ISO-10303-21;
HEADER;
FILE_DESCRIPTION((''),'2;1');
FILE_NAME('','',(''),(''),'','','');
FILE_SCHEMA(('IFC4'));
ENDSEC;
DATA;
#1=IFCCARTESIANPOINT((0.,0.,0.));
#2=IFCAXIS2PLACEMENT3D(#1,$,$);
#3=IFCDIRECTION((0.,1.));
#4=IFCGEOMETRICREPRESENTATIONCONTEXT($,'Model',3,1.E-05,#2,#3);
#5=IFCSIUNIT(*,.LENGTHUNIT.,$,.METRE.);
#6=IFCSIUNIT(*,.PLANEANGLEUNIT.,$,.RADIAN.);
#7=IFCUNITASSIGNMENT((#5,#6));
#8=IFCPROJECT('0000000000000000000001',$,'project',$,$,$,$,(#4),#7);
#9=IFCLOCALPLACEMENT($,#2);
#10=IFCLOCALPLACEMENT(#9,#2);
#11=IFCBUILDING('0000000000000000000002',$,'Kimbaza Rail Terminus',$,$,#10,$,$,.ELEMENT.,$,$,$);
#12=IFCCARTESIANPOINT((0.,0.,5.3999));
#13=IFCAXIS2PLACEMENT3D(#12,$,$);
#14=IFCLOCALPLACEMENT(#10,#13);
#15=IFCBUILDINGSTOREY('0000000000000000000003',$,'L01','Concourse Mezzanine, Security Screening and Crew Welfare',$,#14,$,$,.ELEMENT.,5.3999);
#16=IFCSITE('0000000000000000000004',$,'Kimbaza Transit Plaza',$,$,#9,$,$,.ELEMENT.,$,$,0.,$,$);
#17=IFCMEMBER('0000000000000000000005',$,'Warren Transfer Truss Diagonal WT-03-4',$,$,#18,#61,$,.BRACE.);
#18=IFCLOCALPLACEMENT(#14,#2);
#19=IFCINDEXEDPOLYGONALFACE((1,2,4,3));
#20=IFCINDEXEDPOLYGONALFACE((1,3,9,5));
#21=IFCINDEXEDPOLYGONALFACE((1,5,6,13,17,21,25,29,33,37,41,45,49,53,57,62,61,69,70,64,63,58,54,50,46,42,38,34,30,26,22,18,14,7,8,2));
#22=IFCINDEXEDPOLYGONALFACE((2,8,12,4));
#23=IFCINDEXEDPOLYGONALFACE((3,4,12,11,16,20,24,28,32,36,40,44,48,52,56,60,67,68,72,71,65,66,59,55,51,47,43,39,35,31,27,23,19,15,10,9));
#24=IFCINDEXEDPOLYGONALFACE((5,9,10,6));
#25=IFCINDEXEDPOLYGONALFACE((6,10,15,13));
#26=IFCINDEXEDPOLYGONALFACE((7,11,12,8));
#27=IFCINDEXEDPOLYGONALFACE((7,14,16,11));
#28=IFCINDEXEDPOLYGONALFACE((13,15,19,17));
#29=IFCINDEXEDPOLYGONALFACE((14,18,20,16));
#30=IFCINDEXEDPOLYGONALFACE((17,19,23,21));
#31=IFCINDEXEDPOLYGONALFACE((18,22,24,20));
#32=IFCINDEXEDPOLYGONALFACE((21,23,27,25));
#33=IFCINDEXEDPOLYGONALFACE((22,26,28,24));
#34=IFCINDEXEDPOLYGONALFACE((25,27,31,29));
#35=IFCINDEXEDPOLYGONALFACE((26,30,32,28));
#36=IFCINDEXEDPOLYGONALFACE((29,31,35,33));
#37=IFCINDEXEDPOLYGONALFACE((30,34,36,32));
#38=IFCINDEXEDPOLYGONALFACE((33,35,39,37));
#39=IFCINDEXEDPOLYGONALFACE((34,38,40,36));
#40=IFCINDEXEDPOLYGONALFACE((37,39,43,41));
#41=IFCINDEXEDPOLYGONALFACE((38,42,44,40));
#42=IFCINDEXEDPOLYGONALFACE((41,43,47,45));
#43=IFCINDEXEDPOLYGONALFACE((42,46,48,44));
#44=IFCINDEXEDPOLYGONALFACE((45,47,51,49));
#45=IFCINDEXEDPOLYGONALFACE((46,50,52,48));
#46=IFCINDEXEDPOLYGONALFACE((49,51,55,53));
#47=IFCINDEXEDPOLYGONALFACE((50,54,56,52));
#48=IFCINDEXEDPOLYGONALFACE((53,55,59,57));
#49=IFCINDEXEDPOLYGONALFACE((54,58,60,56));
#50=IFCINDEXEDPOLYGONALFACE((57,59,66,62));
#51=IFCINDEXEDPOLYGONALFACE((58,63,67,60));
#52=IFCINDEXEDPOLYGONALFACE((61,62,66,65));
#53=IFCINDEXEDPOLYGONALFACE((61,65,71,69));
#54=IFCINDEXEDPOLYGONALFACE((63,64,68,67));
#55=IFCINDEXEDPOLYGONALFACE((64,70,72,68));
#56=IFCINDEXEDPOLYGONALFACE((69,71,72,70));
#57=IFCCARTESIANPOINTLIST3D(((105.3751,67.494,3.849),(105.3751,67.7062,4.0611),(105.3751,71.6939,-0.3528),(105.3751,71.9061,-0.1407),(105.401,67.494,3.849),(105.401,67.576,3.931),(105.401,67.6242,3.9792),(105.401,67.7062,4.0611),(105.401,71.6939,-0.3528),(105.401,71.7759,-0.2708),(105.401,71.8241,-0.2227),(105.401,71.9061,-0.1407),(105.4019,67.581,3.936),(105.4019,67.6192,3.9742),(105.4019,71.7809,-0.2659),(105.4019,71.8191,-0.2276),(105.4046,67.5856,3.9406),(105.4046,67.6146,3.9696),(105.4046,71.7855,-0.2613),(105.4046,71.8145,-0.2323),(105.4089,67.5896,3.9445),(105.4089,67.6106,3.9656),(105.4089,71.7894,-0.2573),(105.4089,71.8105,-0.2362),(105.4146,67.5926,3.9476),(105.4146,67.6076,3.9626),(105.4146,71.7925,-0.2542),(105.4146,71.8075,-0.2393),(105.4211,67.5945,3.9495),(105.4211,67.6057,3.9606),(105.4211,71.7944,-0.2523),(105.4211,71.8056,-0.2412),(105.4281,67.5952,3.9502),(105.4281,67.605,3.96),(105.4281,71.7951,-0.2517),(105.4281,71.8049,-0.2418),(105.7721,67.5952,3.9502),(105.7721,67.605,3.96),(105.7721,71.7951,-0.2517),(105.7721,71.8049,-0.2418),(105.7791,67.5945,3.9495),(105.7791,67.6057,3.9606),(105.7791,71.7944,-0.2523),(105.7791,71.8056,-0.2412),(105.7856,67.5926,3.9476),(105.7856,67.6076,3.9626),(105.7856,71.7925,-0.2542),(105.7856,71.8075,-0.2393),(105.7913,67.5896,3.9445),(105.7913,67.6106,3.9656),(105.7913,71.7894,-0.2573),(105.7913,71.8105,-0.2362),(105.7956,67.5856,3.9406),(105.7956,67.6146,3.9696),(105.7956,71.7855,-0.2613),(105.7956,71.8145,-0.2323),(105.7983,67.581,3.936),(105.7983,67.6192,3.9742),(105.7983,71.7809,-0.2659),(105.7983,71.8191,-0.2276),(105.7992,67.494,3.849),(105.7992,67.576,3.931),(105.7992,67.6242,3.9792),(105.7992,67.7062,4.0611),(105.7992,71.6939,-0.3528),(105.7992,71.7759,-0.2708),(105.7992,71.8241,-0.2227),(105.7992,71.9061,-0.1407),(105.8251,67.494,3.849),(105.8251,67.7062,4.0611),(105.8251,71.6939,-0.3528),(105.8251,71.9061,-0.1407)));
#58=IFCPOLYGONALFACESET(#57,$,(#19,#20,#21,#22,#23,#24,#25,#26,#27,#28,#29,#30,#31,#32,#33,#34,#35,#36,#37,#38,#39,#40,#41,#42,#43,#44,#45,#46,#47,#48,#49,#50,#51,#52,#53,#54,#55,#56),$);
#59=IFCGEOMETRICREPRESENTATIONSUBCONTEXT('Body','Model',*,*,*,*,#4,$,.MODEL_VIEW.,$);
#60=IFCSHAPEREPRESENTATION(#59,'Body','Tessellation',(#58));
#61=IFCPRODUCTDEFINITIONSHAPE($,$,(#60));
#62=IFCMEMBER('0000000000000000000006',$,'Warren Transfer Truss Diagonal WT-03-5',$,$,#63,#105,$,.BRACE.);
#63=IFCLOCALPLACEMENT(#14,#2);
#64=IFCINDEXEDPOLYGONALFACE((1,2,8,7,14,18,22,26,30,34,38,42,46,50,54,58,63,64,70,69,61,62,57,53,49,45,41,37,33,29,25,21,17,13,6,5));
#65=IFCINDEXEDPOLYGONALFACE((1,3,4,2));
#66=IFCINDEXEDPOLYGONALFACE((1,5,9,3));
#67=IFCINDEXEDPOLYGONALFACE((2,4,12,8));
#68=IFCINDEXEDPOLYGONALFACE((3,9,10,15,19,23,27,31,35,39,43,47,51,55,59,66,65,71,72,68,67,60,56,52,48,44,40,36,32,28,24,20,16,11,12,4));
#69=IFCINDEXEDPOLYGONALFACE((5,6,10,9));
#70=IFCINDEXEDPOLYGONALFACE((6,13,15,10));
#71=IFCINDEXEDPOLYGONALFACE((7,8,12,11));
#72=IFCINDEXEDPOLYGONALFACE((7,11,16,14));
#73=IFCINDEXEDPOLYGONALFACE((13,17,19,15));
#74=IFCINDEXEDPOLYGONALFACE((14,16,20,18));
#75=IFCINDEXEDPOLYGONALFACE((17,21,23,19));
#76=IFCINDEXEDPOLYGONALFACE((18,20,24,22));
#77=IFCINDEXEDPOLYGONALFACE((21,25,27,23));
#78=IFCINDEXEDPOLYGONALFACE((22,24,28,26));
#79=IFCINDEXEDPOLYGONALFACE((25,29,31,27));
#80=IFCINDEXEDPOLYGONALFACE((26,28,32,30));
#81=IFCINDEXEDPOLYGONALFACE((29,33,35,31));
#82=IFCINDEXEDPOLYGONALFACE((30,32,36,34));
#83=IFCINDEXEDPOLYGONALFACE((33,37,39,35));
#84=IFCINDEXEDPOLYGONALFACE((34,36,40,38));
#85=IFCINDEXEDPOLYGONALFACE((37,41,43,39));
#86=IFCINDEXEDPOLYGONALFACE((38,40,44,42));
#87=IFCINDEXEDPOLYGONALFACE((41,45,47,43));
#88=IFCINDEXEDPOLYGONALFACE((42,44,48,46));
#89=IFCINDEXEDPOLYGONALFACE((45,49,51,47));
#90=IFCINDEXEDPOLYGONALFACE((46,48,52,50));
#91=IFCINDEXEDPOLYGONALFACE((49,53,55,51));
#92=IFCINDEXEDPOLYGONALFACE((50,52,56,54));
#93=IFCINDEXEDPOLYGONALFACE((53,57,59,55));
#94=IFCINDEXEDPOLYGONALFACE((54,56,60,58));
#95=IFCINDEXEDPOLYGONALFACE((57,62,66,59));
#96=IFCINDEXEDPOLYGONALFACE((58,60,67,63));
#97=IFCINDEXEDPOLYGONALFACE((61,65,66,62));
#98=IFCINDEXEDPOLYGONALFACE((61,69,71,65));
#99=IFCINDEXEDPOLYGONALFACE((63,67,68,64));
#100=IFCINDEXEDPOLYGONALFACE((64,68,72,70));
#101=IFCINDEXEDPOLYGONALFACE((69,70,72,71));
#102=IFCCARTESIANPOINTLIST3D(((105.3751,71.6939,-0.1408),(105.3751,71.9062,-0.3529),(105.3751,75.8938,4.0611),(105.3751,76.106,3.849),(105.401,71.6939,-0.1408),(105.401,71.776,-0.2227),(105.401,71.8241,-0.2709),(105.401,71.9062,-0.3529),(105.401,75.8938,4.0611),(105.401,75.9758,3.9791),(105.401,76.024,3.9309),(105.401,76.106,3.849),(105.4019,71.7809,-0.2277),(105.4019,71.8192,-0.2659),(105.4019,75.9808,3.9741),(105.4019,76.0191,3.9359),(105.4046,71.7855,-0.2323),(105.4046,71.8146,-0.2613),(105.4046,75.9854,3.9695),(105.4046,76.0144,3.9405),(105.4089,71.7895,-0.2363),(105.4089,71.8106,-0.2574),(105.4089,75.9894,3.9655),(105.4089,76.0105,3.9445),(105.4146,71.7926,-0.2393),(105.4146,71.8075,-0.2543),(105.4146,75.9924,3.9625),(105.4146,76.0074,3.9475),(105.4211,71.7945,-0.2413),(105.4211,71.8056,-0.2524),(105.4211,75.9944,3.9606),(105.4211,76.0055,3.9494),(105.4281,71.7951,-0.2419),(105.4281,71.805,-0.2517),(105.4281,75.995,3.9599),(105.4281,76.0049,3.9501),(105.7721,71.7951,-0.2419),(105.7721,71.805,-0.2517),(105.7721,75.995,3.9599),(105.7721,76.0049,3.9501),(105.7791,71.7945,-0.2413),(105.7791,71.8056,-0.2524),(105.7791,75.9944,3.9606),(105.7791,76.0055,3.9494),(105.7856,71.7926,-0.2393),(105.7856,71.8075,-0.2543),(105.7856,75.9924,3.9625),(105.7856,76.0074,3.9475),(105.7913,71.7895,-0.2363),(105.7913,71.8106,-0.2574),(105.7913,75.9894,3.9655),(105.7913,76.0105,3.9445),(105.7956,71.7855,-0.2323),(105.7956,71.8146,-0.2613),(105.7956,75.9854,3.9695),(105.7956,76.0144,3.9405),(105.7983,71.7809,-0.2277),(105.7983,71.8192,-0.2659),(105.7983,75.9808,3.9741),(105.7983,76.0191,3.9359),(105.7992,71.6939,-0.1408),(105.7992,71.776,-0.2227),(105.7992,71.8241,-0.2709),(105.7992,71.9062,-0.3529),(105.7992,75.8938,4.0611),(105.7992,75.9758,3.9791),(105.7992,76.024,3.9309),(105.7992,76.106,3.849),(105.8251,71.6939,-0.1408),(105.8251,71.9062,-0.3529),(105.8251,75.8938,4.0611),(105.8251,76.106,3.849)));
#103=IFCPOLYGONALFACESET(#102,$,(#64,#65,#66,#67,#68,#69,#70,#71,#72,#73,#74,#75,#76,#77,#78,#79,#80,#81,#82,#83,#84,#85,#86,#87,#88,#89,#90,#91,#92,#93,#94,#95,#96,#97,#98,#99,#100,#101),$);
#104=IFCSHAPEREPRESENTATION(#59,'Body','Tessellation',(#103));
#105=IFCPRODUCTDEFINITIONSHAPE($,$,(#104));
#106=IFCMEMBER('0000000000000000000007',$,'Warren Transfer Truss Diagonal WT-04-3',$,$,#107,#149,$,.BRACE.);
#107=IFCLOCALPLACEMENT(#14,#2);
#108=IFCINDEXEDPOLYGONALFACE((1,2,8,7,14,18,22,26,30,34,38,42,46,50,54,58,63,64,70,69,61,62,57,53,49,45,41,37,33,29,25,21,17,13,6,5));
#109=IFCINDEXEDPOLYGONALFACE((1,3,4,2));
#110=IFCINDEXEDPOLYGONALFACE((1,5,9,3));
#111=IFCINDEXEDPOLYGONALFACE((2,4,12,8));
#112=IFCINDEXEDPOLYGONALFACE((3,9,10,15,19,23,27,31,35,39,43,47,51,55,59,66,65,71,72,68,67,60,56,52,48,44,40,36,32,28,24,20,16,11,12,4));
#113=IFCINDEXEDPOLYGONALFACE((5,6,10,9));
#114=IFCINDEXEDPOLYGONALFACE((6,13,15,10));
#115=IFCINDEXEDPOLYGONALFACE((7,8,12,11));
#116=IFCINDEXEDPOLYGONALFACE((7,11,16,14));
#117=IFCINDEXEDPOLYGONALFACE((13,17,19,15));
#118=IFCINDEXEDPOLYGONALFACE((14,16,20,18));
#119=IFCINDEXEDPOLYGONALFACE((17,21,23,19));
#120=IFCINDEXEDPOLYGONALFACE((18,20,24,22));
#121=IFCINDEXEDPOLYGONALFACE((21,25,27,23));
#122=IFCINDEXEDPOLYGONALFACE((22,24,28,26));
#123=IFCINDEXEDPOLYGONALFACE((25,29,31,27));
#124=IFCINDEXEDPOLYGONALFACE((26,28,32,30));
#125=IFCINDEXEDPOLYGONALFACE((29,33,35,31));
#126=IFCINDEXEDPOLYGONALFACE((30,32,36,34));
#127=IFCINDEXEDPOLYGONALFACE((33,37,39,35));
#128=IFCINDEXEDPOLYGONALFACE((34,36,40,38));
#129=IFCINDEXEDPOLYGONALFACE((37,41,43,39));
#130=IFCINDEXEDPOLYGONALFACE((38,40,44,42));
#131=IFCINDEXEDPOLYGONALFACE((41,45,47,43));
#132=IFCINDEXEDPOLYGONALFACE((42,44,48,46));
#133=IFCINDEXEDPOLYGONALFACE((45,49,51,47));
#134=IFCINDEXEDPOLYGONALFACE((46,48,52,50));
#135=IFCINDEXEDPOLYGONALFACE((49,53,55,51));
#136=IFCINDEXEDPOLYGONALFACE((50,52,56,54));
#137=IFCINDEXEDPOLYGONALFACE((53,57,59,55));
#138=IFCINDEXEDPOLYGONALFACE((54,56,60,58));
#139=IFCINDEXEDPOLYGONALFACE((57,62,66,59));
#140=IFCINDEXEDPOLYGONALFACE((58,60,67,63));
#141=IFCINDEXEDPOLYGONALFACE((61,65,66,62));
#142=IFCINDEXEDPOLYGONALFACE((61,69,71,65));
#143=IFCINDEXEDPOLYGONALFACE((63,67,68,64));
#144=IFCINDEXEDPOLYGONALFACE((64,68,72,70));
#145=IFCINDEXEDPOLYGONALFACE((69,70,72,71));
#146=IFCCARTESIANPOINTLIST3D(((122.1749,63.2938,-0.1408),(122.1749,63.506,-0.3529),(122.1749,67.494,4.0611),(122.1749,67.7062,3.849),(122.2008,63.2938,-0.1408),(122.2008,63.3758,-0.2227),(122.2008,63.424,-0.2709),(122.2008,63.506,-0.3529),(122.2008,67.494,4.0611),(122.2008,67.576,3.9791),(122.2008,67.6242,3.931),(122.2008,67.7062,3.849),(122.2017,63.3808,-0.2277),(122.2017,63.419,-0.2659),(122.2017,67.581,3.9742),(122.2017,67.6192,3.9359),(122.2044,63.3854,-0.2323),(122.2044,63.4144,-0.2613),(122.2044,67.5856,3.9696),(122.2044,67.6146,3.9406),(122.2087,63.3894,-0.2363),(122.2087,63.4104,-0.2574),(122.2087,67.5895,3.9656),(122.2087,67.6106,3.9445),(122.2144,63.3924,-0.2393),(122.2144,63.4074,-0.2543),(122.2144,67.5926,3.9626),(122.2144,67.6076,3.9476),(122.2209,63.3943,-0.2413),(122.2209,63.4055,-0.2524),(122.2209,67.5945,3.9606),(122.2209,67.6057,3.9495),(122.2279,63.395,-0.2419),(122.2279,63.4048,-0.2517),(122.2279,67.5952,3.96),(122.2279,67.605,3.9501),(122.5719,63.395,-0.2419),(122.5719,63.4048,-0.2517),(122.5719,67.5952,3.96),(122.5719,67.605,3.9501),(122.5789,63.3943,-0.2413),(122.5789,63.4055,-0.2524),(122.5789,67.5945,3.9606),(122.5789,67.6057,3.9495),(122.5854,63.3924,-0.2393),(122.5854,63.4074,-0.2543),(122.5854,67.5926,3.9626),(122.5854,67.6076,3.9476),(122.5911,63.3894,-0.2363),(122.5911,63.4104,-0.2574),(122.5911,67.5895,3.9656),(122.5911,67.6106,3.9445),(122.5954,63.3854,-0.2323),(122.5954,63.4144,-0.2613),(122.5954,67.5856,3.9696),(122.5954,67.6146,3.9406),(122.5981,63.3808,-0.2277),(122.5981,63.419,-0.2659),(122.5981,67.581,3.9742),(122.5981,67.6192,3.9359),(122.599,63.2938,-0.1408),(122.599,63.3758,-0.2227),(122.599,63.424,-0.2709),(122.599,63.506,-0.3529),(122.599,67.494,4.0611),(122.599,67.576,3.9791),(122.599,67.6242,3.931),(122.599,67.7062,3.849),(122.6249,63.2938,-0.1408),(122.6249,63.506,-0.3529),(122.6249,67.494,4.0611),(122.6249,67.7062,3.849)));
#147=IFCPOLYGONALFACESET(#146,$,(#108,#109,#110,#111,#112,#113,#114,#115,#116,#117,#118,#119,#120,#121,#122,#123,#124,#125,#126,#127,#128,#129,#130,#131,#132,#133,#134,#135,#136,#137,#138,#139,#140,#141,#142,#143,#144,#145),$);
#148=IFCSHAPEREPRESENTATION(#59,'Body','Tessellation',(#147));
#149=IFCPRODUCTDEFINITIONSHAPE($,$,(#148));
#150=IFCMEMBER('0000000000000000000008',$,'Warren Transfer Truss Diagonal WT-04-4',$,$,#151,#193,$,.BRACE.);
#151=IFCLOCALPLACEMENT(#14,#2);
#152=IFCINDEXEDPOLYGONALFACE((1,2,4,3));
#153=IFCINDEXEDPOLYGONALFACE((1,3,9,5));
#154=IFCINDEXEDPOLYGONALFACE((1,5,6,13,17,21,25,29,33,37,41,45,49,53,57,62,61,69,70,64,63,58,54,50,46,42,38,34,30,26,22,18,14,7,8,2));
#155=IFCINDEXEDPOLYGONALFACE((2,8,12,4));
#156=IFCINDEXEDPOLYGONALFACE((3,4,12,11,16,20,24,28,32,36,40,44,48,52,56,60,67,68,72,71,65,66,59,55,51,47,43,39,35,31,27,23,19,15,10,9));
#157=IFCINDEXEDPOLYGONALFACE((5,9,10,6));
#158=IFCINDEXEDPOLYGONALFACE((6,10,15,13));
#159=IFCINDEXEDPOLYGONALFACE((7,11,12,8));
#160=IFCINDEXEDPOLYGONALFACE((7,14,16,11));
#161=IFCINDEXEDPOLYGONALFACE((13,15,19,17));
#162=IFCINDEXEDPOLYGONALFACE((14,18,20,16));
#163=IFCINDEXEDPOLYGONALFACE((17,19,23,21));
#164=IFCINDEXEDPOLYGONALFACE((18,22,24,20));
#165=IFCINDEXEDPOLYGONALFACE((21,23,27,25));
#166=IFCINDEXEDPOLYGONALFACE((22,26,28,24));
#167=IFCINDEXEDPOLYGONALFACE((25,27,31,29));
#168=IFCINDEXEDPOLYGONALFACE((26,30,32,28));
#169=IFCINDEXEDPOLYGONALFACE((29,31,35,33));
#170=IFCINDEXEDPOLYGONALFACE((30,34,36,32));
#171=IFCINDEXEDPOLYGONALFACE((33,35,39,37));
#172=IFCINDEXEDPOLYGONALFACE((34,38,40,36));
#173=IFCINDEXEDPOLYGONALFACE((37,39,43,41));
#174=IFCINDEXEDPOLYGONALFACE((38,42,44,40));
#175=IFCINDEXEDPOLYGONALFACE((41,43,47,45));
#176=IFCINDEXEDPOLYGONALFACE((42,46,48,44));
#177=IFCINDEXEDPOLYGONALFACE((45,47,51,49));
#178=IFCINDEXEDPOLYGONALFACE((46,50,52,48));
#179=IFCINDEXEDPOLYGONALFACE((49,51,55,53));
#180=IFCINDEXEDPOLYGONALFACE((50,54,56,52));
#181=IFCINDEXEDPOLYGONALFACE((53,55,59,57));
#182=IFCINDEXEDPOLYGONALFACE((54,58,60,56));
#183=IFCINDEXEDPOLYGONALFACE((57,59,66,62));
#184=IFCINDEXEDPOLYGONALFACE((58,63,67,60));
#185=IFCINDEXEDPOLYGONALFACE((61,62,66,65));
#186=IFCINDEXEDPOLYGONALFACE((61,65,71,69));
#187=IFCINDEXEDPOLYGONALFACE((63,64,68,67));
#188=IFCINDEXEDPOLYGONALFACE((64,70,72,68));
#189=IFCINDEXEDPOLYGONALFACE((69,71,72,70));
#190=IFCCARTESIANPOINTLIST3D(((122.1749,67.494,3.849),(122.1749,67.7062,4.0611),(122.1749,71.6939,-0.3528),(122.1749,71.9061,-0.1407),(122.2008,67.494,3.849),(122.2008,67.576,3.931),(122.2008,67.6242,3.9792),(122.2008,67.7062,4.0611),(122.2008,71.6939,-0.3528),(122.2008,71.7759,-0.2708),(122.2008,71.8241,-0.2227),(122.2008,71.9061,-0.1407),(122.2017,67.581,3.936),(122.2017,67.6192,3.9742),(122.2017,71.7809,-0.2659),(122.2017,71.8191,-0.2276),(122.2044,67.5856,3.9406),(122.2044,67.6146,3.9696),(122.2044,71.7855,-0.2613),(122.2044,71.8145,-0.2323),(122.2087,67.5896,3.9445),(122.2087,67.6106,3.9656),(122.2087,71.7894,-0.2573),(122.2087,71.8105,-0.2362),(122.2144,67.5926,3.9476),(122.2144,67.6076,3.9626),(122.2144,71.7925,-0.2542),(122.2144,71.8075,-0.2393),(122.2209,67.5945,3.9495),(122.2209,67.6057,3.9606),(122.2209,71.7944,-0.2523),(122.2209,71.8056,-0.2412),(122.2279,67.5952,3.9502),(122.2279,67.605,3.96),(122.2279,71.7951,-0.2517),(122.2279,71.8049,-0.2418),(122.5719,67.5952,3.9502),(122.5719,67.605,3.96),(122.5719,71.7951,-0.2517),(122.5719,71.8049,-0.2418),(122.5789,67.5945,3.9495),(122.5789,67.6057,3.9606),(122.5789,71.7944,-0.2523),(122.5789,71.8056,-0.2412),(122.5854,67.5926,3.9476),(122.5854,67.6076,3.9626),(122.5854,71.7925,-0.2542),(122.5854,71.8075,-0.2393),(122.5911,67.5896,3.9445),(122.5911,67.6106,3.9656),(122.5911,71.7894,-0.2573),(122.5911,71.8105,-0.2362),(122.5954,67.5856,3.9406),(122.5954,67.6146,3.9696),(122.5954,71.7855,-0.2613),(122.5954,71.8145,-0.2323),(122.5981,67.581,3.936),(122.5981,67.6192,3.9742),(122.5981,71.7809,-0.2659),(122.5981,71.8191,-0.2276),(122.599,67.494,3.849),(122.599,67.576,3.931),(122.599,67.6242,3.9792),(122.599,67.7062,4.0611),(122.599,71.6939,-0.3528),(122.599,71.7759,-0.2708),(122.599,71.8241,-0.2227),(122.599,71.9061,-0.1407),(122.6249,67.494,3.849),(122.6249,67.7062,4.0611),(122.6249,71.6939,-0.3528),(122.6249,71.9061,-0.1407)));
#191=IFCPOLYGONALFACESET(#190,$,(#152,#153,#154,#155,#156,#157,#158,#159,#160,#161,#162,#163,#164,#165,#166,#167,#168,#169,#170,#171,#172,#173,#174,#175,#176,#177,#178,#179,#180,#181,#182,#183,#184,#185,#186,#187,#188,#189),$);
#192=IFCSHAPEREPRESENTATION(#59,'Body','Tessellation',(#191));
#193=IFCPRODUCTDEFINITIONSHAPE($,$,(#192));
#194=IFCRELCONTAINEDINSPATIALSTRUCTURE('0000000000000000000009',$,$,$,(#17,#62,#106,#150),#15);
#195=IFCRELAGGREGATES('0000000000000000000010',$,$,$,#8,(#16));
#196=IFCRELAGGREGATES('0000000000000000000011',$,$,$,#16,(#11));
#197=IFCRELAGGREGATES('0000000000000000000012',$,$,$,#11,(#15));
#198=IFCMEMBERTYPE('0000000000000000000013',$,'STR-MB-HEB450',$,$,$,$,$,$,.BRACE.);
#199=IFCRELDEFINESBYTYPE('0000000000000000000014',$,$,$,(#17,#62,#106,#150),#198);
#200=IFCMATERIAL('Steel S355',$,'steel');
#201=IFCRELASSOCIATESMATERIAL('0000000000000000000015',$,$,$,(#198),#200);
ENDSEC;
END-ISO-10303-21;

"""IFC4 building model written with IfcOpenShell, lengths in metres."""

from ifc_helpers import new_model, si_unit, direction, frame, origin, origin_2d, place, context, subcontext, project, spatial, i_section, extrude, material, material_profile, profile_set, type_object, element, save


model = new_model("IFC4")

# Units and contexts
model_context = context("Model", 3, precision=1e-05, world=origin(), true_north=direction((0.0, 1.0)))
body_context = subcontext(model_context, "Body", "Model", "MODEL_VIEW")
ifc_project = project(units=[si_unit("LENGTHUNIT", "METRE"), si_unit("PLANEANGLEUNIT", "RADIAN")], contexts=[model_context])

# Site, building, storey
site_placement = place(None, origin())
site = spatial("IfcSite", under=ifc_project, at=site_placement, Name="Kimbaza Transit Plaza", CompositionType="ELEMENT", RefElevation=0.0)
building_placement = place(site_placement, origin())
building = spatial("IfcBuilding", under=site, at=building_placement, Name="Kimbaza Rail Terminus", CompositionType="ELEMENT")
storey_placement = place(building_placement, frame((0.0, 0.0, 5.3999)))
storey = spatial("IfcBuildingStorey", under=building, at=storey_placement, Name="L01", Description="Concourse Mezzanine, Security Screening and Crew Welfare", CompositionType="ELEMENT", Elevation=5.3999)

# Members
ifc_material_1 = material(Name="Steel S355", Category="steel")
ifc_material_profile_1 = material_profile(ifc_material_1, i_section(OverallWidth=0.3, OverallDepth=0.45, WebThickness=0.0139, FlangeThickness=0.0259, FilletRadius=0.0271, at=origin_2d()), Name="HEB 450")
ifc_profile_set_1 = profile_set([ifc_material_profile_1], Name="Steel S355")
member_type_1 = type_object("IfcMemberType", Name="STR-MB-HEB450", PredefinedType="BRACE", material=ifc_profile_set_1)
for number, where, z_axis, x_axis, name in (
    (1, (105.6001, 67.6001, 3.9551), (0.0, 0.706942, -0.707271), (0.0, 0.707271, 0.706942), "Warren Transfer Truss Diagonal WT-03-4"),
    (2, (105.6001, 71.8, -0.2468), (0.0, 0.706942, 0.707271), (0.0, -0.707271, 0.706942), "Warren Transfer Truss Diagonal WT-03-5"),
):
    element("IfcMember", number, at=place(storey_placement, frame(where, z_axis=z_axis, x_axis=x_axis)), inside=storey, type_object=member_type_1, Name=name, PredefinedType="BRACE", context=body_context, shape_type="SweptSolid", body=[
        extrude(i_section(OverallWidth=0.3, OverallDepth=0.45, WebThickness=0.0139, FlangeThickness=0.0259, FilletRadius=0.0271, at=origin_2d()), origin(), (0.0, 0.0, 1.0), 5.9409),
    ])
member_placement = place(storey_placement, frame((122.3999, 63.3999, -0.2468), z_axis=(0.0, 0.706963, 0.707251), x_axis=(0.0, -0.707251, 0.706963)))
element("IfcMember", 3, at=member_placement, inside=storey, type_object=member_type_1, Name="Warren Transfer Truss Diagonal WT-04-3", PredefinedType="BRACE", context=body_context, shape_type="SweptSolid", body=[
    extrude(i_section(OverallWidth=0.3, OverallDepth=0.45, WebThickness=0.0139, FlangeThickness=0.0259, FilletRadius=0.0271, at=origin_2d()), origin(), (0.0, 0.0, 1.0), 5.9412),
])
for number, where, z_axis, x_axis, name in (
    (4, (122.3999, 67.6001, 3.9551), (0.0, 0.706942, -0.707271), (0.0, 0.707271, 0.706942), "Warren Transfer Truss Diagonal WT-04-4"),
):
    element("IfcMember", number, at=place(storey_placement, frame(where, z_axis=z_axis, x_axis=x_axis)), inside=storey, type_object=member_type_1, Name=name, PredefinedType="BRACE", context=body_context, shape_type="SweptSolid", body=[
        extrude(i_section(OverallWidth=0.3, OverallDepth=0.45, WebThickness=0.0139, FlangeThickness=0.0259, FilletRadius=0.0271, at=origin_2d()), origin(), (0.0, 0.0, 1.0), 5.9409),
    ])

save(model, "model.ifc")
